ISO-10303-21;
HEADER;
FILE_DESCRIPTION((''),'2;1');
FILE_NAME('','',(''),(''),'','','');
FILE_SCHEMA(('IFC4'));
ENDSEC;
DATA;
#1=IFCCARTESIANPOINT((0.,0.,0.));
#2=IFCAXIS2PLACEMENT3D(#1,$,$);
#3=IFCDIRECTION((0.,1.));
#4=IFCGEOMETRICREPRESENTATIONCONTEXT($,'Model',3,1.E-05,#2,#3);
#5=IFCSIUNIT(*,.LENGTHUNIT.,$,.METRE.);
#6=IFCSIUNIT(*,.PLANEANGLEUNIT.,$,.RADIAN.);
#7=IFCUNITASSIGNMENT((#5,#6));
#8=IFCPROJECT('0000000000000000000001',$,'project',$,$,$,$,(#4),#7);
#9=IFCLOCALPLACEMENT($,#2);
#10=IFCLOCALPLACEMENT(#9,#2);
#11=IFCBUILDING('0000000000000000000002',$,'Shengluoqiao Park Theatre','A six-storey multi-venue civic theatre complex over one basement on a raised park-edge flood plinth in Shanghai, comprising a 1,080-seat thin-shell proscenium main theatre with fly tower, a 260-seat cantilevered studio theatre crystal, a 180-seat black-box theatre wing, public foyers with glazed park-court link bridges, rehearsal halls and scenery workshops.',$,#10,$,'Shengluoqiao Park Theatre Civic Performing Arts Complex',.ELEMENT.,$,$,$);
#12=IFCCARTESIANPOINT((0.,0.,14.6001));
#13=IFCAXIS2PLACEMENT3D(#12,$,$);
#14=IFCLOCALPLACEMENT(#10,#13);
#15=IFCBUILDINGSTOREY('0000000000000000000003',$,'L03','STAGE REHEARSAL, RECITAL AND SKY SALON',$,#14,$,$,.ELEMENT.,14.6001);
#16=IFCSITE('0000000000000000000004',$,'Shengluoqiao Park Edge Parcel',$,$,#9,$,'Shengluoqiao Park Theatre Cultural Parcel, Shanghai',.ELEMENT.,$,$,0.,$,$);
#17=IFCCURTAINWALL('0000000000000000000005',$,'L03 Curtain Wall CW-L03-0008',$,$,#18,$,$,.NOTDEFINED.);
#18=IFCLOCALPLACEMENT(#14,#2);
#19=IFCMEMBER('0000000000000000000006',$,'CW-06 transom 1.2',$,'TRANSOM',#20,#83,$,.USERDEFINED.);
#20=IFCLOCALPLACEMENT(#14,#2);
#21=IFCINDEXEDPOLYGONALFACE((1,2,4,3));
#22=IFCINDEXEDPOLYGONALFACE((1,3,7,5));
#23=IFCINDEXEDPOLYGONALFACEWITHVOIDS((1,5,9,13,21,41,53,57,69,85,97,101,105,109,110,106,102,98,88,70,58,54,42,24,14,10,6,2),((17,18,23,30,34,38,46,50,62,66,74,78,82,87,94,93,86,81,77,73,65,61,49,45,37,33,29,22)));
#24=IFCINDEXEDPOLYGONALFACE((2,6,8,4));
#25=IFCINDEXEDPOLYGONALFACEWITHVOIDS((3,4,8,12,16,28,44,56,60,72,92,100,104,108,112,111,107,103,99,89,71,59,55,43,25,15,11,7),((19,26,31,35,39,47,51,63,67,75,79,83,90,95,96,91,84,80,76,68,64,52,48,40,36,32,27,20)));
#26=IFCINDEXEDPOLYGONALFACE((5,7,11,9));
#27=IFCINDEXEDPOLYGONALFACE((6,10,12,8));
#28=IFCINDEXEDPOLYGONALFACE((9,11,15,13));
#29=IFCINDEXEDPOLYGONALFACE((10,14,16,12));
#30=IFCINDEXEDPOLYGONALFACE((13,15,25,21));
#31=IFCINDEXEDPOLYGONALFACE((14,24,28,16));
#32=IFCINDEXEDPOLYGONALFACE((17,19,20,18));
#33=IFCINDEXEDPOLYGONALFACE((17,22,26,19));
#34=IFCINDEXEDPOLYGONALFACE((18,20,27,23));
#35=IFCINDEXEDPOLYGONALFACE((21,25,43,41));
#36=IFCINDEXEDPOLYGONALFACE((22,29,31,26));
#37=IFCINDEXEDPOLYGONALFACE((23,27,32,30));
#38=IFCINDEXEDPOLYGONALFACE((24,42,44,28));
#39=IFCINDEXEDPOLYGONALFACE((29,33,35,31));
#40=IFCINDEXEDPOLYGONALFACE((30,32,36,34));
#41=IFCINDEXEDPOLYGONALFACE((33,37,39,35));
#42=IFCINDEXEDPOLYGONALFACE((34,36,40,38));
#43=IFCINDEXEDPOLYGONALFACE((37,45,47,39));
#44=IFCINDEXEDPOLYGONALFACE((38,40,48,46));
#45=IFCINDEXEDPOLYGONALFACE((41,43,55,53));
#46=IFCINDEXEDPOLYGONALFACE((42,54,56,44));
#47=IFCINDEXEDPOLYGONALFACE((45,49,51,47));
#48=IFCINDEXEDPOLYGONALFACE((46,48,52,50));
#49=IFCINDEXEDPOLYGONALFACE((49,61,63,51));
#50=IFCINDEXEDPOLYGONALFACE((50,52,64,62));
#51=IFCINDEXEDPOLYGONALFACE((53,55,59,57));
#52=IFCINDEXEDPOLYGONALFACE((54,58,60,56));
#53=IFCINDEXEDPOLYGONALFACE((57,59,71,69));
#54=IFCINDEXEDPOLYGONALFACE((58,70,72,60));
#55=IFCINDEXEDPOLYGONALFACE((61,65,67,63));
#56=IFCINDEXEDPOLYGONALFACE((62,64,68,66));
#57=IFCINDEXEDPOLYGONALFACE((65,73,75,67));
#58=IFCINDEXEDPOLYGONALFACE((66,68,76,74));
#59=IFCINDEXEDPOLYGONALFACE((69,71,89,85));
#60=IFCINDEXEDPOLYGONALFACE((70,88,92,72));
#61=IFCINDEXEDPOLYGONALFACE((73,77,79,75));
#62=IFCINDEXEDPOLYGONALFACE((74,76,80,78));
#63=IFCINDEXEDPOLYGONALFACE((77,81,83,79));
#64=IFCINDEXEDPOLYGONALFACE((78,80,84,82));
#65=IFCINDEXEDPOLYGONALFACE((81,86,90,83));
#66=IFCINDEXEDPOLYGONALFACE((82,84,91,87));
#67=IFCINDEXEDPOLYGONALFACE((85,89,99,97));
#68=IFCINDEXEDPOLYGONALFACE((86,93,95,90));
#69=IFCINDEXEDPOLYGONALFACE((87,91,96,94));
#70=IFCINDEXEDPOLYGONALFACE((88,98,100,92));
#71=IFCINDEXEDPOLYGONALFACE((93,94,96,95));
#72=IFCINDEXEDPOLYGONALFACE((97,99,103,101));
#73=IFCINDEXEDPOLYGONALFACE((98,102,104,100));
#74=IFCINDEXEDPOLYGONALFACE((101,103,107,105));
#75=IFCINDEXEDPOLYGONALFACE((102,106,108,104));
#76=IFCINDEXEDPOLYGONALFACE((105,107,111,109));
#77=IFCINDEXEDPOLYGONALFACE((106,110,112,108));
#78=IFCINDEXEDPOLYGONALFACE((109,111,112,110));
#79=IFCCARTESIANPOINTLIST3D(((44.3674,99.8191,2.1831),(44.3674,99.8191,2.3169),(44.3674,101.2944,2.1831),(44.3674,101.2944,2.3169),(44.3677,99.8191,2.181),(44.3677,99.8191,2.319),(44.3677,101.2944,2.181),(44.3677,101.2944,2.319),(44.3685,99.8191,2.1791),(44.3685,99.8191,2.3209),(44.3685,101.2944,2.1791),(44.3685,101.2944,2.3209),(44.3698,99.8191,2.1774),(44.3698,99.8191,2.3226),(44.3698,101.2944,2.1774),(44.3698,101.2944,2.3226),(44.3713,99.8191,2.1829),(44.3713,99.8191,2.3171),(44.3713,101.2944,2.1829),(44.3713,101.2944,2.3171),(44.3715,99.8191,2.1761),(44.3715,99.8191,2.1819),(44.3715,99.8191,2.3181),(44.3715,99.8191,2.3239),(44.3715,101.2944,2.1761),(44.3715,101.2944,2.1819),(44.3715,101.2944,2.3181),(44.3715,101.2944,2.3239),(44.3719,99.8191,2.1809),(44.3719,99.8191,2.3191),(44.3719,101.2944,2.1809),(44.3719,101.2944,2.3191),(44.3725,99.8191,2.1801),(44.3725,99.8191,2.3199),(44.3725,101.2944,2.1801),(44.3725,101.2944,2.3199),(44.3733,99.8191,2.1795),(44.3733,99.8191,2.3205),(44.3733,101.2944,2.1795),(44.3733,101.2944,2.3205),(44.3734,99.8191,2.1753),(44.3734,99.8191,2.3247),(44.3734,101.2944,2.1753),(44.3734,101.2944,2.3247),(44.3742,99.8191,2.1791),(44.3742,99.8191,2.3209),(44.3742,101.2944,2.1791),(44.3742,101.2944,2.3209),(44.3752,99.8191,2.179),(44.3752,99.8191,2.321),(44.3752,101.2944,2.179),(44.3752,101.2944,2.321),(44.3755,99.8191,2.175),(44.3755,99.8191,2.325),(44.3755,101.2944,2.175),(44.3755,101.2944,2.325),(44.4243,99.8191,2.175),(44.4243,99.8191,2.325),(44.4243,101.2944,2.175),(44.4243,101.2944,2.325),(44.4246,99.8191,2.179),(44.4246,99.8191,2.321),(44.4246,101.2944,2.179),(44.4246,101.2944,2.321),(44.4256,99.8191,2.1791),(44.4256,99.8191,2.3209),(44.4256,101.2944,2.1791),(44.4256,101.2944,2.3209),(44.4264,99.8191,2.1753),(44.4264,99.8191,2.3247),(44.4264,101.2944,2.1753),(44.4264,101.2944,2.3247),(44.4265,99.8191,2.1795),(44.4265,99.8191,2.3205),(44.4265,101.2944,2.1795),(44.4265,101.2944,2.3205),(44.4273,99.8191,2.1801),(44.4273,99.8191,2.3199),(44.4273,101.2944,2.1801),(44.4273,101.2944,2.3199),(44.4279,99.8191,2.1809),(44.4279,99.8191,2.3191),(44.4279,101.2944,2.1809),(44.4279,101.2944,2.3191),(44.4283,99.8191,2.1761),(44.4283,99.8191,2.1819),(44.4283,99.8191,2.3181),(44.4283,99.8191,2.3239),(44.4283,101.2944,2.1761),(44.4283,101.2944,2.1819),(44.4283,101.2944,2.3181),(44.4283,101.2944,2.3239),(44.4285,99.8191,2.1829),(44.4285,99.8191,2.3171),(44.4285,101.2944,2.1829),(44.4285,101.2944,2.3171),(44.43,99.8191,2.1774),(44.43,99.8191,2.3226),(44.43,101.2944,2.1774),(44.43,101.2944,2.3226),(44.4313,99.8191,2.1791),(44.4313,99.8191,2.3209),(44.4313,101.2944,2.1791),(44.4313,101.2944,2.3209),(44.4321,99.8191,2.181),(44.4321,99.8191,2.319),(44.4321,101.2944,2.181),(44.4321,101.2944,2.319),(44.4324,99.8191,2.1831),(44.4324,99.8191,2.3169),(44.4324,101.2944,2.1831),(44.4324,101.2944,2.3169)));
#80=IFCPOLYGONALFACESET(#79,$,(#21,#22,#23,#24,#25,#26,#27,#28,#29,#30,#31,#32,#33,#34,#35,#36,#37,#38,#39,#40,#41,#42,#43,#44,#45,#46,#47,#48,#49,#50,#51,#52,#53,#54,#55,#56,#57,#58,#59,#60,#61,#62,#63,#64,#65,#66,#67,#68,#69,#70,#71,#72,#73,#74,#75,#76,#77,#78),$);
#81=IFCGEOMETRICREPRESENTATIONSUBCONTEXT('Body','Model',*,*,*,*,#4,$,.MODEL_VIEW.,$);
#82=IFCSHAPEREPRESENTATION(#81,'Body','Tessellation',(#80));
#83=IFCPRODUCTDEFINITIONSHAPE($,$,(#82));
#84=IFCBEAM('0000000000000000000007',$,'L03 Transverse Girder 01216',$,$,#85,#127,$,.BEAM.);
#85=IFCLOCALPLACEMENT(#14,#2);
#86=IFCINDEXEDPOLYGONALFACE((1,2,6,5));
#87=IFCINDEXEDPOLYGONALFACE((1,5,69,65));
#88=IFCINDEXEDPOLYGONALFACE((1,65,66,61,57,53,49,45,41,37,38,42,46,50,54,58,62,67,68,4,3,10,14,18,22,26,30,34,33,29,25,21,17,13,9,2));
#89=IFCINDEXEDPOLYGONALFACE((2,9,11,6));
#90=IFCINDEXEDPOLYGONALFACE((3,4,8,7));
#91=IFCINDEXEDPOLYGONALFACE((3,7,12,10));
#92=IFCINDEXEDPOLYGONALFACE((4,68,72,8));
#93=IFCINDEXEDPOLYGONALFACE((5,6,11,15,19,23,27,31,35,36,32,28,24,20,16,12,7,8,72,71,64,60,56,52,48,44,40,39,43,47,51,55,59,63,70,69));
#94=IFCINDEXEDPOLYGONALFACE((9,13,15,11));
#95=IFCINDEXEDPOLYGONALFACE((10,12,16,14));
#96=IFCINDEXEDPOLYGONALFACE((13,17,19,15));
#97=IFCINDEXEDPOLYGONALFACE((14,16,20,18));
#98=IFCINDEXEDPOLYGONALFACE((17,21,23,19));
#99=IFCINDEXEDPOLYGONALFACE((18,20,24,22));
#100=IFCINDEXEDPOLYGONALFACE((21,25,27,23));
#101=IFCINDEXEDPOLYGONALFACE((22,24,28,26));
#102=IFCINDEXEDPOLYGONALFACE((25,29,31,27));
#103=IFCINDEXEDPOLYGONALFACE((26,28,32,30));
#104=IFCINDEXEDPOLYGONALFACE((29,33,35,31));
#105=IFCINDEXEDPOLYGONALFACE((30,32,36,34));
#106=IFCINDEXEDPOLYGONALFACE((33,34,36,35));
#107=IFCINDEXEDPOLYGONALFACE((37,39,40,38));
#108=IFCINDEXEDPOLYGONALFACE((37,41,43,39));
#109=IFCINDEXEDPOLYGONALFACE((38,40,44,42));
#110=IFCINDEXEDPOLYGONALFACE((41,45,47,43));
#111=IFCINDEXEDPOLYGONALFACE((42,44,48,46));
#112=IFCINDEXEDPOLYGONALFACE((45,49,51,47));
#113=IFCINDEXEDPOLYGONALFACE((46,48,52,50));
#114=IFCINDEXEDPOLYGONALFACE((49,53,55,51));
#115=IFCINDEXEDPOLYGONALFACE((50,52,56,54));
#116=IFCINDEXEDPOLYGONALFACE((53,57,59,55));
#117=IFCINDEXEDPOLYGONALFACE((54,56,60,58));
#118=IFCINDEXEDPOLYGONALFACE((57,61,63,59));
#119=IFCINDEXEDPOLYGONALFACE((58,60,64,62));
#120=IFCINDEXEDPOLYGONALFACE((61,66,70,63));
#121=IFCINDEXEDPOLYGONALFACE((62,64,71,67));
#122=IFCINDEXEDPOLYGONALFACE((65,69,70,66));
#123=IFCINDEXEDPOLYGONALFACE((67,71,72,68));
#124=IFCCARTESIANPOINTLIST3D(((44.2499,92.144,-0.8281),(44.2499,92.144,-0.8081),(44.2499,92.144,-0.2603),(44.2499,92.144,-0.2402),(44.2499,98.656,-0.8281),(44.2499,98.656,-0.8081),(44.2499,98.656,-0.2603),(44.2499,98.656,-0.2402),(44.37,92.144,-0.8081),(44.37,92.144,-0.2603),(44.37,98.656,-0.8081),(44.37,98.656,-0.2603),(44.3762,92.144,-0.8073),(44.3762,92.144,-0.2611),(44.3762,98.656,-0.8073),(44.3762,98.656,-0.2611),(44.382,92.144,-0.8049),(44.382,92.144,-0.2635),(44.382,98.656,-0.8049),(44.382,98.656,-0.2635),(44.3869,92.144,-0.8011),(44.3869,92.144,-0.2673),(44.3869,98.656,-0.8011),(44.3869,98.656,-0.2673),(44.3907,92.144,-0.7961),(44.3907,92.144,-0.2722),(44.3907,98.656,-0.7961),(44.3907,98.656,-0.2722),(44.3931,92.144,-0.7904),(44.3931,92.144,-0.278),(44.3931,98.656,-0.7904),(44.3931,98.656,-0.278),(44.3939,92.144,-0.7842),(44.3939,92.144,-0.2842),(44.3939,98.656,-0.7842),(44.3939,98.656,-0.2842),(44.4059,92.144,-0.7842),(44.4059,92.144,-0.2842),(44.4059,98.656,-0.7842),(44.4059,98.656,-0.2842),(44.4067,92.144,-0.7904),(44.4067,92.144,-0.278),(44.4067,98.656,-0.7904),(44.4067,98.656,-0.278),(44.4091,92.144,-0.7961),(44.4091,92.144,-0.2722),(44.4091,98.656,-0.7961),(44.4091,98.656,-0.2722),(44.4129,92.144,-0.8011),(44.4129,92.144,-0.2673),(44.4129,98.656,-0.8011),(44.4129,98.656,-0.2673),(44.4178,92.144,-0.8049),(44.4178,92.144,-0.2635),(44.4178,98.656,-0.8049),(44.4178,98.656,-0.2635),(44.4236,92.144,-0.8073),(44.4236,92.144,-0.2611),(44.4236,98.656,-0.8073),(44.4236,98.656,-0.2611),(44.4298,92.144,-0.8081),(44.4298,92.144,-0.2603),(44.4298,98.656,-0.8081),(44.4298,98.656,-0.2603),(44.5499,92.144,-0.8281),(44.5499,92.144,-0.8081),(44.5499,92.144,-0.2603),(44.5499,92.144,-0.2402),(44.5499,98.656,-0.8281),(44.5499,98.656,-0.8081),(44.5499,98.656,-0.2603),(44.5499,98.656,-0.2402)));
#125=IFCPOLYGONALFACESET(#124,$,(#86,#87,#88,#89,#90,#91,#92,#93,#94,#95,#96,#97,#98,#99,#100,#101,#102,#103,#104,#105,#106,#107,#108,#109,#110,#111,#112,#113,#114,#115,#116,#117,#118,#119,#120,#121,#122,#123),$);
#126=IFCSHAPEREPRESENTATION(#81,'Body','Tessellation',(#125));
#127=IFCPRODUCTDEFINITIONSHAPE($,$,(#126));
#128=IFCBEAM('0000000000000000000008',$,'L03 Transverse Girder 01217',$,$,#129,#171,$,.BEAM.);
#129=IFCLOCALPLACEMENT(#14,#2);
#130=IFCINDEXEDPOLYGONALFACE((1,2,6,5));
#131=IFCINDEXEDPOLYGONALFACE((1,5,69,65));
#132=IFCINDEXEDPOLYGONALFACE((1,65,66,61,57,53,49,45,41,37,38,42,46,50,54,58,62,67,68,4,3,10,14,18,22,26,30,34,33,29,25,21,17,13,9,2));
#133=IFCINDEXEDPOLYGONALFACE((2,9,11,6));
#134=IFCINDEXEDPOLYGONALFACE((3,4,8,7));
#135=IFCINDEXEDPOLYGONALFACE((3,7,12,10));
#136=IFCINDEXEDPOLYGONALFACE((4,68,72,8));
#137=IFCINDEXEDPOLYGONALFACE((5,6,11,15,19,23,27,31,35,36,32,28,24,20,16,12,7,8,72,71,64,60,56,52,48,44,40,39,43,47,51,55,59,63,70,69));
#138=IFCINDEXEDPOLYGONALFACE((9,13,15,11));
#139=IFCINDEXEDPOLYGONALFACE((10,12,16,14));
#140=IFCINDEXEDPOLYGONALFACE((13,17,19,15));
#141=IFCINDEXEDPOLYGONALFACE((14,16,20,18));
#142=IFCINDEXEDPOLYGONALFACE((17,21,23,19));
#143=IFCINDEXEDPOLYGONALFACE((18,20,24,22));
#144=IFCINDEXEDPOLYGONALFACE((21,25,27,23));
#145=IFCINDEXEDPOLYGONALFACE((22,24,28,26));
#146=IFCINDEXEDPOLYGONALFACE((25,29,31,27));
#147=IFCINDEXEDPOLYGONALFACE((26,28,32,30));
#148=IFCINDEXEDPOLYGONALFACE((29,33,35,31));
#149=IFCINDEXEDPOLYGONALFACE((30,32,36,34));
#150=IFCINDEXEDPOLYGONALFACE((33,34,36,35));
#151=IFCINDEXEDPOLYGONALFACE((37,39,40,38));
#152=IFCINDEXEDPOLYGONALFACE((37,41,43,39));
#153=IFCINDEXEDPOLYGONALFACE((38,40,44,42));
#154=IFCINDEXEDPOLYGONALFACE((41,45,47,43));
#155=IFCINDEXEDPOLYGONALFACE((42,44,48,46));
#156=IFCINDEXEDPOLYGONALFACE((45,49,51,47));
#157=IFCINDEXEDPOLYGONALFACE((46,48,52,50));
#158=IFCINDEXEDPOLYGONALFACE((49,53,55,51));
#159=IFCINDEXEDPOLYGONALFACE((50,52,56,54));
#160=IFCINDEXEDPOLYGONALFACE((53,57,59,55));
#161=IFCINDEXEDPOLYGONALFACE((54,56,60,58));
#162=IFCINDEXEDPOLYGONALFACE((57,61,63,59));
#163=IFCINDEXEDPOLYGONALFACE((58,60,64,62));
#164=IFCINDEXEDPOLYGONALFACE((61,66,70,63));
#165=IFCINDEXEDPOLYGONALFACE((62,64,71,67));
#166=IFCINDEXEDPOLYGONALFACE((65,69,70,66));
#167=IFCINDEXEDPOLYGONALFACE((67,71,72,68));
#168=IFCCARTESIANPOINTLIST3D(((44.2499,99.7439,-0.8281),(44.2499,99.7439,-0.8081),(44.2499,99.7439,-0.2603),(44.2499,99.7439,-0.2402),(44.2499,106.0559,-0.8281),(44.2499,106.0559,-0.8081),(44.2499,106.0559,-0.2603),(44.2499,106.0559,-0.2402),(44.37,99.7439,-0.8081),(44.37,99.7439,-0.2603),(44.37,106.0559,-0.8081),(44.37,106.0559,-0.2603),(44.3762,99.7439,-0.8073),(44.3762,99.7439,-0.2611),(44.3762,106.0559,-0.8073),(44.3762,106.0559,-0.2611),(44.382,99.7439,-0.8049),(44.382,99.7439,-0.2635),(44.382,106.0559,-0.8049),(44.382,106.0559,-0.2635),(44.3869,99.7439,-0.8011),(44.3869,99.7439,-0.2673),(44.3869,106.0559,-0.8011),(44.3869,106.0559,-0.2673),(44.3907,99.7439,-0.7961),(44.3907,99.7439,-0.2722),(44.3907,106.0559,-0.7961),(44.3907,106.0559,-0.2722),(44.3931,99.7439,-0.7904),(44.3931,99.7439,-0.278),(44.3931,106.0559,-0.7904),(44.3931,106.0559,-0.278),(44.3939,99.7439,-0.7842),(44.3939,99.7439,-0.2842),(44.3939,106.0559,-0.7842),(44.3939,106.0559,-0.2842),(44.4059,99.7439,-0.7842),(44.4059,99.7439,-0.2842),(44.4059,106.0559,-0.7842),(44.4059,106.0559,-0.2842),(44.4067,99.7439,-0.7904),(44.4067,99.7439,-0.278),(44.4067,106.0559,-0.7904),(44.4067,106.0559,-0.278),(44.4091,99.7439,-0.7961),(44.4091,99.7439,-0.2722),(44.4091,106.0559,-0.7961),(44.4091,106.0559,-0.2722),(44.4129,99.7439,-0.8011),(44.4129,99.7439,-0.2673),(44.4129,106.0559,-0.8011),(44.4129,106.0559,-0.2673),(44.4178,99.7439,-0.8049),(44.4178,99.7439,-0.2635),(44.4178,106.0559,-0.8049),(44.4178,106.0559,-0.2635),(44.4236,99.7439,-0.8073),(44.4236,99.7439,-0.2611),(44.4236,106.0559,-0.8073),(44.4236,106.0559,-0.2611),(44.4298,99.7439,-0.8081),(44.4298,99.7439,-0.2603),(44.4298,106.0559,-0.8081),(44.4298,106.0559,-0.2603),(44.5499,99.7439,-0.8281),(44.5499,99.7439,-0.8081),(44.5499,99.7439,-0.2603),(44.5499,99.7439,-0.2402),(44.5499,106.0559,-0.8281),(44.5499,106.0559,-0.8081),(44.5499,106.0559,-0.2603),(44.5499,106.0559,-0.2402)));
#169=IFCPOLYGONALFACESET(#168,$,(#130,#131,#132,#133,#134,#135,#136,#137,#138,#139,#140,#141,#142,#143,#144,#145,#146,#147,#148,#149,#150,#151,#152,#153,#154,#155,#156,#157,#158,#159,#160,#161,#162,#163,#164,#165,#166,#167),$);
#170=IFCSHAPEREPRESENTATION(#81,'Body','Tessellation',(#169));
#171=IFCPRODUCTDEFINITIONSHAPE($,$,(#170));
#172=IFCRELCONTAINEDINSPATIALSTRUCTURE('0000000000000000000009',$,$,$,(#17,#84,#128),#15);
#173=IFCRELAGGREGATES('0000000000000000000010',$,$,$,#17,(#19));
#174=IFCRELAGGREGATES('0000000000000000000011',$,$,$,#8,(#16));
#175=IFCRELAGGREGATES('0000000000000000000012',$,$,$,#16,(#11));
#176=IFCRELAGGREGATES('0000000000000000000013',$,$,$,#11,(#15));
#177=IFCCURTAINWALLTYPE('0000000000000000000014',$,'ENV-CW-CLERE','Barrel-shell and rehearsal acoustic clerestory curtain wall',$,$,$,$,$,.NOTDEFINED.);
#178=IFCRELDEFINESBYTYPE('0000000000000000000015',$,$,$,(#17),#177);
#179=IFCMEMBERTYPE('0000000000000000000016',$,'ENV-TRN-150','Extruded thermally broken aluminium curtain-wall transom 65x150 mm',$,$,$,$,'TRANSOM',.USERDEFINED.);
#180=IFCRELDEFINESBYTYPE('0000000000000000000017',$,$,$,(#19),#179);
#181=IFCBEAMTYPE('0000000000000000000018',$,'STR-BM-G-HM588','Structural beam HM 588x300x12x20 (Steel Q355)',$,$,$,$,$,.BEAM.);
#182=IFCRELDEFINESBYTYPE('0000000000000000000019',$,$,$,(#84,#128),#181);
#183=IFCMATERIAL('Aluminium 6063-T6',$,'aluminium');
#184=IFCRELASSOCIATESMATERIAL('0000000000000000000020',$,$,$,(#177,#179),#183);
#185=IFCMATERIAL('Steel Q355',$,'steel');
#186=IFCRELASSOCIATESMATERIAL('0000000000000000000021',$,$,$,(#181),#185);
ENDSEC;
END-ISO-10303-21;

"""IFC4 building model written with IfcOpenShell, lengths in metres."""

from ifc_helpers import new_model, si_unit, direction, frame, origin, origin_2d, place, context, subcontext, project, spatial, hollow_rectangle, i_section, extrude, material, material_profile, profile_set, type_object, element, aggregate, save


model = new_model("IFC4")

# Units and contexts
model_context = context("Model", 3, precision=1e-05, world=origin(), true_north=direction((0.0, 1.0)))
body_context = subcontext(model_context, "Body", "Model", "MODEL_VIEW")
ifc_project = project(units=[si_unit("LENGTHUNIT", "METRE"), si_unit("PLANEANGLEUNIT", "RADIAN")], contexts=[model_context])

# Site, building, storey
site_placement = place(None, origin())
site = spatial("IfcSite", under=ifc_project, at=site_placement, Name="Shengluoqiao Park Edge Parcel", LongName="Shengluoqiao Park Theatre Cultural Parcel, Shanghai", CompositionType="ELEMENT", RefElevation=0.0)
building_placement = place(site_placement, origin())
building = spatial("IfcBuilding", under=site, at=building_placement, Name="Shengluoqiao Park Theatre", Description="A six-storey multi-venue civic theatre complex over one basement on a raised park-edge flood plinth in Shanghai, comprising a 1,080-seat thin-shell proscenium main theatre with fly tower, a 260-seat cantilevered studio theatre crystal, a 180-seat black-box theatre wing, public foyers with glazed park-court link bridges, rehearsal halls and scenery workshops.", LongName="Shengluoqiao Park Theatre Civic Performing Arts Complex", CompositionType="ELEMENT")
storey_placement = place(building_placement, frame((0.0, 0.0, 14.6001)))
storey = spatial("IfcBuildingStorey", under=building, at=storey_placement, Name="L03", Description="STAGE REHEARSAL, RECITAL AND SKY SALON", CompositionType="ELEMENT", Elevation=14.6001)

# Shared definitions
ifc_material_1 = material(Name="Aluminium 6063-T6", Category="aluminium")
curtain_wall_type = type_object("IfcCurtainWallType", Name="ENV-CW-CLERE", Description="Barrel-shell and rehearsal acoustic clerestory curtain wall", PredefinedType="NOTDEFINED", material=ifc_material_1)

# Curtain wall
curtain_wall_1_placement = place(storey_placement, origin())
curtain_wall_1 = element("IfcCurtainWall", 1, at=curtain_wall_1_placement, inside=storey, type_object=curtain_wall_type, Name="L03 Curtain Wall CW-L03-0008", PredefinedType="NOTDEFINED")

# Member
ifc_material_profile_1 = material_profile(ifc_material_1, hollow_rectangle(XDim=0.0649, YDim=0.1499, WallThickness=0.0039, InnerFilletRadius=0.0039, OuterFilletRadius=0.0081, at=origin_2d()), Name="ALU TRANSOM 150x65x4")
ifc_profile_set_1 = profile_set([ifc_material_profile_1], Name="Aluminium 6063-T6")
member_type_1 = type_object("IfcMemberType", Name="ENV-TRN-150", Description="Extruded thermally broken aluminium curtain-wall transom 65x150 mm", ElementType="TRANSOM", PredefinedType="USERDEFINED", material=ifc_profile_set_1)
member_1_placement = place(storey_placement, frame((44.3999, 99.8191, 2.25), z_axis=(0.0, 1.0, 0.0), x_axis=(-1.0, 0.0, 0.0)))
member_1 = element("IfcMember", 2, at=member_1_placement, type_object=member_type_1, Name="CW-06 transom 1.2", ObjectType="TRANSOM", PredefinedType="USERDEFINED", context=body_context, shape_type="SweptSolid", body=[
    extrude(hollow_rectangle(XDim=0.0649, YDim=0.1499, WallThickness=0.0039, InnerFilletRadius=0.0039, OuterFilletRadius=0.0081, at=origin_2d()), origin(), (0.0, 0.0, 1.0), 1.4753),
])
aggregate(curtain_wall_1, [member_1])

# Beams
ifc_material_2 = material(Name="Steel Q355", Category="steel")
ifc_material_profile_2 = material_profile(ifc_material_2, i_section(OverallWidth=0.3, OverallDepth=0.5879, WebThickness=0.012, FlangeThickness=0.02, FilletRadius=0.0239, at=origin_2d()), Name="HM 588x300x12x20")
ifc_profile_set_2 = profile_set([ifc_material_profile_2], Name="Steel Q355")
beam_type_1 = type_object("IfcBeamType", Name="STR-BM-G-HM588", Description="Structural beam HM 588x300x12x20 (Steel Q355)", PredefinedType="BEAM", material=ifc_profile_set_2)
beam_1_placement = place(storey_placement, frame((44.3999, 92.144, -0.5342), z_axis=(0.0, 1.0, 0.0), x_axis=(-1.0, 0.0, 0.0)))
element("IfcBeam", 3, at=beam_1_placement, inside=storey, type_object=beam_type_1, Name="L03 Transverse Girder 01216", PredefinedType="BEAM", context=body_context, shape_type="SweptSolid", body=[
    extrude(i_section(OverallWidth=0.3, OverallDepth=0.5879, WebThickness=0.012, FlangeThickness=0.02, FilletRadius=0.0239, at=origin_2d()), origin(), (0.0, 0.0, 1.0), 6.512),
])
beam_2_placement = place(storey_placement, frame((44.3999, 99.7439, -0.5342), z_axis=(0.0, 1.0, 0.0), x_axis=(-1.0, 0.0, 0.0)))
element("IfcBeam", 4, at=beam_2_placement, inside=storey, type_object=beam_type_1, Name="L03 Transverse Girder 01217", PredefinedType="BEAM", context=body_context, shape_type="SweptSolid", body=[
    extrude(i_section(OverallWidth=0.3, OverallDepth=0.5879, WebThickness=0.012, FlangeThickness=0.02, FilletRadius=0.0239, at=origin_2d()), origin(), (0.0, 0.0, 1.0), 6.312),
])

save(model, "model.ifc")
